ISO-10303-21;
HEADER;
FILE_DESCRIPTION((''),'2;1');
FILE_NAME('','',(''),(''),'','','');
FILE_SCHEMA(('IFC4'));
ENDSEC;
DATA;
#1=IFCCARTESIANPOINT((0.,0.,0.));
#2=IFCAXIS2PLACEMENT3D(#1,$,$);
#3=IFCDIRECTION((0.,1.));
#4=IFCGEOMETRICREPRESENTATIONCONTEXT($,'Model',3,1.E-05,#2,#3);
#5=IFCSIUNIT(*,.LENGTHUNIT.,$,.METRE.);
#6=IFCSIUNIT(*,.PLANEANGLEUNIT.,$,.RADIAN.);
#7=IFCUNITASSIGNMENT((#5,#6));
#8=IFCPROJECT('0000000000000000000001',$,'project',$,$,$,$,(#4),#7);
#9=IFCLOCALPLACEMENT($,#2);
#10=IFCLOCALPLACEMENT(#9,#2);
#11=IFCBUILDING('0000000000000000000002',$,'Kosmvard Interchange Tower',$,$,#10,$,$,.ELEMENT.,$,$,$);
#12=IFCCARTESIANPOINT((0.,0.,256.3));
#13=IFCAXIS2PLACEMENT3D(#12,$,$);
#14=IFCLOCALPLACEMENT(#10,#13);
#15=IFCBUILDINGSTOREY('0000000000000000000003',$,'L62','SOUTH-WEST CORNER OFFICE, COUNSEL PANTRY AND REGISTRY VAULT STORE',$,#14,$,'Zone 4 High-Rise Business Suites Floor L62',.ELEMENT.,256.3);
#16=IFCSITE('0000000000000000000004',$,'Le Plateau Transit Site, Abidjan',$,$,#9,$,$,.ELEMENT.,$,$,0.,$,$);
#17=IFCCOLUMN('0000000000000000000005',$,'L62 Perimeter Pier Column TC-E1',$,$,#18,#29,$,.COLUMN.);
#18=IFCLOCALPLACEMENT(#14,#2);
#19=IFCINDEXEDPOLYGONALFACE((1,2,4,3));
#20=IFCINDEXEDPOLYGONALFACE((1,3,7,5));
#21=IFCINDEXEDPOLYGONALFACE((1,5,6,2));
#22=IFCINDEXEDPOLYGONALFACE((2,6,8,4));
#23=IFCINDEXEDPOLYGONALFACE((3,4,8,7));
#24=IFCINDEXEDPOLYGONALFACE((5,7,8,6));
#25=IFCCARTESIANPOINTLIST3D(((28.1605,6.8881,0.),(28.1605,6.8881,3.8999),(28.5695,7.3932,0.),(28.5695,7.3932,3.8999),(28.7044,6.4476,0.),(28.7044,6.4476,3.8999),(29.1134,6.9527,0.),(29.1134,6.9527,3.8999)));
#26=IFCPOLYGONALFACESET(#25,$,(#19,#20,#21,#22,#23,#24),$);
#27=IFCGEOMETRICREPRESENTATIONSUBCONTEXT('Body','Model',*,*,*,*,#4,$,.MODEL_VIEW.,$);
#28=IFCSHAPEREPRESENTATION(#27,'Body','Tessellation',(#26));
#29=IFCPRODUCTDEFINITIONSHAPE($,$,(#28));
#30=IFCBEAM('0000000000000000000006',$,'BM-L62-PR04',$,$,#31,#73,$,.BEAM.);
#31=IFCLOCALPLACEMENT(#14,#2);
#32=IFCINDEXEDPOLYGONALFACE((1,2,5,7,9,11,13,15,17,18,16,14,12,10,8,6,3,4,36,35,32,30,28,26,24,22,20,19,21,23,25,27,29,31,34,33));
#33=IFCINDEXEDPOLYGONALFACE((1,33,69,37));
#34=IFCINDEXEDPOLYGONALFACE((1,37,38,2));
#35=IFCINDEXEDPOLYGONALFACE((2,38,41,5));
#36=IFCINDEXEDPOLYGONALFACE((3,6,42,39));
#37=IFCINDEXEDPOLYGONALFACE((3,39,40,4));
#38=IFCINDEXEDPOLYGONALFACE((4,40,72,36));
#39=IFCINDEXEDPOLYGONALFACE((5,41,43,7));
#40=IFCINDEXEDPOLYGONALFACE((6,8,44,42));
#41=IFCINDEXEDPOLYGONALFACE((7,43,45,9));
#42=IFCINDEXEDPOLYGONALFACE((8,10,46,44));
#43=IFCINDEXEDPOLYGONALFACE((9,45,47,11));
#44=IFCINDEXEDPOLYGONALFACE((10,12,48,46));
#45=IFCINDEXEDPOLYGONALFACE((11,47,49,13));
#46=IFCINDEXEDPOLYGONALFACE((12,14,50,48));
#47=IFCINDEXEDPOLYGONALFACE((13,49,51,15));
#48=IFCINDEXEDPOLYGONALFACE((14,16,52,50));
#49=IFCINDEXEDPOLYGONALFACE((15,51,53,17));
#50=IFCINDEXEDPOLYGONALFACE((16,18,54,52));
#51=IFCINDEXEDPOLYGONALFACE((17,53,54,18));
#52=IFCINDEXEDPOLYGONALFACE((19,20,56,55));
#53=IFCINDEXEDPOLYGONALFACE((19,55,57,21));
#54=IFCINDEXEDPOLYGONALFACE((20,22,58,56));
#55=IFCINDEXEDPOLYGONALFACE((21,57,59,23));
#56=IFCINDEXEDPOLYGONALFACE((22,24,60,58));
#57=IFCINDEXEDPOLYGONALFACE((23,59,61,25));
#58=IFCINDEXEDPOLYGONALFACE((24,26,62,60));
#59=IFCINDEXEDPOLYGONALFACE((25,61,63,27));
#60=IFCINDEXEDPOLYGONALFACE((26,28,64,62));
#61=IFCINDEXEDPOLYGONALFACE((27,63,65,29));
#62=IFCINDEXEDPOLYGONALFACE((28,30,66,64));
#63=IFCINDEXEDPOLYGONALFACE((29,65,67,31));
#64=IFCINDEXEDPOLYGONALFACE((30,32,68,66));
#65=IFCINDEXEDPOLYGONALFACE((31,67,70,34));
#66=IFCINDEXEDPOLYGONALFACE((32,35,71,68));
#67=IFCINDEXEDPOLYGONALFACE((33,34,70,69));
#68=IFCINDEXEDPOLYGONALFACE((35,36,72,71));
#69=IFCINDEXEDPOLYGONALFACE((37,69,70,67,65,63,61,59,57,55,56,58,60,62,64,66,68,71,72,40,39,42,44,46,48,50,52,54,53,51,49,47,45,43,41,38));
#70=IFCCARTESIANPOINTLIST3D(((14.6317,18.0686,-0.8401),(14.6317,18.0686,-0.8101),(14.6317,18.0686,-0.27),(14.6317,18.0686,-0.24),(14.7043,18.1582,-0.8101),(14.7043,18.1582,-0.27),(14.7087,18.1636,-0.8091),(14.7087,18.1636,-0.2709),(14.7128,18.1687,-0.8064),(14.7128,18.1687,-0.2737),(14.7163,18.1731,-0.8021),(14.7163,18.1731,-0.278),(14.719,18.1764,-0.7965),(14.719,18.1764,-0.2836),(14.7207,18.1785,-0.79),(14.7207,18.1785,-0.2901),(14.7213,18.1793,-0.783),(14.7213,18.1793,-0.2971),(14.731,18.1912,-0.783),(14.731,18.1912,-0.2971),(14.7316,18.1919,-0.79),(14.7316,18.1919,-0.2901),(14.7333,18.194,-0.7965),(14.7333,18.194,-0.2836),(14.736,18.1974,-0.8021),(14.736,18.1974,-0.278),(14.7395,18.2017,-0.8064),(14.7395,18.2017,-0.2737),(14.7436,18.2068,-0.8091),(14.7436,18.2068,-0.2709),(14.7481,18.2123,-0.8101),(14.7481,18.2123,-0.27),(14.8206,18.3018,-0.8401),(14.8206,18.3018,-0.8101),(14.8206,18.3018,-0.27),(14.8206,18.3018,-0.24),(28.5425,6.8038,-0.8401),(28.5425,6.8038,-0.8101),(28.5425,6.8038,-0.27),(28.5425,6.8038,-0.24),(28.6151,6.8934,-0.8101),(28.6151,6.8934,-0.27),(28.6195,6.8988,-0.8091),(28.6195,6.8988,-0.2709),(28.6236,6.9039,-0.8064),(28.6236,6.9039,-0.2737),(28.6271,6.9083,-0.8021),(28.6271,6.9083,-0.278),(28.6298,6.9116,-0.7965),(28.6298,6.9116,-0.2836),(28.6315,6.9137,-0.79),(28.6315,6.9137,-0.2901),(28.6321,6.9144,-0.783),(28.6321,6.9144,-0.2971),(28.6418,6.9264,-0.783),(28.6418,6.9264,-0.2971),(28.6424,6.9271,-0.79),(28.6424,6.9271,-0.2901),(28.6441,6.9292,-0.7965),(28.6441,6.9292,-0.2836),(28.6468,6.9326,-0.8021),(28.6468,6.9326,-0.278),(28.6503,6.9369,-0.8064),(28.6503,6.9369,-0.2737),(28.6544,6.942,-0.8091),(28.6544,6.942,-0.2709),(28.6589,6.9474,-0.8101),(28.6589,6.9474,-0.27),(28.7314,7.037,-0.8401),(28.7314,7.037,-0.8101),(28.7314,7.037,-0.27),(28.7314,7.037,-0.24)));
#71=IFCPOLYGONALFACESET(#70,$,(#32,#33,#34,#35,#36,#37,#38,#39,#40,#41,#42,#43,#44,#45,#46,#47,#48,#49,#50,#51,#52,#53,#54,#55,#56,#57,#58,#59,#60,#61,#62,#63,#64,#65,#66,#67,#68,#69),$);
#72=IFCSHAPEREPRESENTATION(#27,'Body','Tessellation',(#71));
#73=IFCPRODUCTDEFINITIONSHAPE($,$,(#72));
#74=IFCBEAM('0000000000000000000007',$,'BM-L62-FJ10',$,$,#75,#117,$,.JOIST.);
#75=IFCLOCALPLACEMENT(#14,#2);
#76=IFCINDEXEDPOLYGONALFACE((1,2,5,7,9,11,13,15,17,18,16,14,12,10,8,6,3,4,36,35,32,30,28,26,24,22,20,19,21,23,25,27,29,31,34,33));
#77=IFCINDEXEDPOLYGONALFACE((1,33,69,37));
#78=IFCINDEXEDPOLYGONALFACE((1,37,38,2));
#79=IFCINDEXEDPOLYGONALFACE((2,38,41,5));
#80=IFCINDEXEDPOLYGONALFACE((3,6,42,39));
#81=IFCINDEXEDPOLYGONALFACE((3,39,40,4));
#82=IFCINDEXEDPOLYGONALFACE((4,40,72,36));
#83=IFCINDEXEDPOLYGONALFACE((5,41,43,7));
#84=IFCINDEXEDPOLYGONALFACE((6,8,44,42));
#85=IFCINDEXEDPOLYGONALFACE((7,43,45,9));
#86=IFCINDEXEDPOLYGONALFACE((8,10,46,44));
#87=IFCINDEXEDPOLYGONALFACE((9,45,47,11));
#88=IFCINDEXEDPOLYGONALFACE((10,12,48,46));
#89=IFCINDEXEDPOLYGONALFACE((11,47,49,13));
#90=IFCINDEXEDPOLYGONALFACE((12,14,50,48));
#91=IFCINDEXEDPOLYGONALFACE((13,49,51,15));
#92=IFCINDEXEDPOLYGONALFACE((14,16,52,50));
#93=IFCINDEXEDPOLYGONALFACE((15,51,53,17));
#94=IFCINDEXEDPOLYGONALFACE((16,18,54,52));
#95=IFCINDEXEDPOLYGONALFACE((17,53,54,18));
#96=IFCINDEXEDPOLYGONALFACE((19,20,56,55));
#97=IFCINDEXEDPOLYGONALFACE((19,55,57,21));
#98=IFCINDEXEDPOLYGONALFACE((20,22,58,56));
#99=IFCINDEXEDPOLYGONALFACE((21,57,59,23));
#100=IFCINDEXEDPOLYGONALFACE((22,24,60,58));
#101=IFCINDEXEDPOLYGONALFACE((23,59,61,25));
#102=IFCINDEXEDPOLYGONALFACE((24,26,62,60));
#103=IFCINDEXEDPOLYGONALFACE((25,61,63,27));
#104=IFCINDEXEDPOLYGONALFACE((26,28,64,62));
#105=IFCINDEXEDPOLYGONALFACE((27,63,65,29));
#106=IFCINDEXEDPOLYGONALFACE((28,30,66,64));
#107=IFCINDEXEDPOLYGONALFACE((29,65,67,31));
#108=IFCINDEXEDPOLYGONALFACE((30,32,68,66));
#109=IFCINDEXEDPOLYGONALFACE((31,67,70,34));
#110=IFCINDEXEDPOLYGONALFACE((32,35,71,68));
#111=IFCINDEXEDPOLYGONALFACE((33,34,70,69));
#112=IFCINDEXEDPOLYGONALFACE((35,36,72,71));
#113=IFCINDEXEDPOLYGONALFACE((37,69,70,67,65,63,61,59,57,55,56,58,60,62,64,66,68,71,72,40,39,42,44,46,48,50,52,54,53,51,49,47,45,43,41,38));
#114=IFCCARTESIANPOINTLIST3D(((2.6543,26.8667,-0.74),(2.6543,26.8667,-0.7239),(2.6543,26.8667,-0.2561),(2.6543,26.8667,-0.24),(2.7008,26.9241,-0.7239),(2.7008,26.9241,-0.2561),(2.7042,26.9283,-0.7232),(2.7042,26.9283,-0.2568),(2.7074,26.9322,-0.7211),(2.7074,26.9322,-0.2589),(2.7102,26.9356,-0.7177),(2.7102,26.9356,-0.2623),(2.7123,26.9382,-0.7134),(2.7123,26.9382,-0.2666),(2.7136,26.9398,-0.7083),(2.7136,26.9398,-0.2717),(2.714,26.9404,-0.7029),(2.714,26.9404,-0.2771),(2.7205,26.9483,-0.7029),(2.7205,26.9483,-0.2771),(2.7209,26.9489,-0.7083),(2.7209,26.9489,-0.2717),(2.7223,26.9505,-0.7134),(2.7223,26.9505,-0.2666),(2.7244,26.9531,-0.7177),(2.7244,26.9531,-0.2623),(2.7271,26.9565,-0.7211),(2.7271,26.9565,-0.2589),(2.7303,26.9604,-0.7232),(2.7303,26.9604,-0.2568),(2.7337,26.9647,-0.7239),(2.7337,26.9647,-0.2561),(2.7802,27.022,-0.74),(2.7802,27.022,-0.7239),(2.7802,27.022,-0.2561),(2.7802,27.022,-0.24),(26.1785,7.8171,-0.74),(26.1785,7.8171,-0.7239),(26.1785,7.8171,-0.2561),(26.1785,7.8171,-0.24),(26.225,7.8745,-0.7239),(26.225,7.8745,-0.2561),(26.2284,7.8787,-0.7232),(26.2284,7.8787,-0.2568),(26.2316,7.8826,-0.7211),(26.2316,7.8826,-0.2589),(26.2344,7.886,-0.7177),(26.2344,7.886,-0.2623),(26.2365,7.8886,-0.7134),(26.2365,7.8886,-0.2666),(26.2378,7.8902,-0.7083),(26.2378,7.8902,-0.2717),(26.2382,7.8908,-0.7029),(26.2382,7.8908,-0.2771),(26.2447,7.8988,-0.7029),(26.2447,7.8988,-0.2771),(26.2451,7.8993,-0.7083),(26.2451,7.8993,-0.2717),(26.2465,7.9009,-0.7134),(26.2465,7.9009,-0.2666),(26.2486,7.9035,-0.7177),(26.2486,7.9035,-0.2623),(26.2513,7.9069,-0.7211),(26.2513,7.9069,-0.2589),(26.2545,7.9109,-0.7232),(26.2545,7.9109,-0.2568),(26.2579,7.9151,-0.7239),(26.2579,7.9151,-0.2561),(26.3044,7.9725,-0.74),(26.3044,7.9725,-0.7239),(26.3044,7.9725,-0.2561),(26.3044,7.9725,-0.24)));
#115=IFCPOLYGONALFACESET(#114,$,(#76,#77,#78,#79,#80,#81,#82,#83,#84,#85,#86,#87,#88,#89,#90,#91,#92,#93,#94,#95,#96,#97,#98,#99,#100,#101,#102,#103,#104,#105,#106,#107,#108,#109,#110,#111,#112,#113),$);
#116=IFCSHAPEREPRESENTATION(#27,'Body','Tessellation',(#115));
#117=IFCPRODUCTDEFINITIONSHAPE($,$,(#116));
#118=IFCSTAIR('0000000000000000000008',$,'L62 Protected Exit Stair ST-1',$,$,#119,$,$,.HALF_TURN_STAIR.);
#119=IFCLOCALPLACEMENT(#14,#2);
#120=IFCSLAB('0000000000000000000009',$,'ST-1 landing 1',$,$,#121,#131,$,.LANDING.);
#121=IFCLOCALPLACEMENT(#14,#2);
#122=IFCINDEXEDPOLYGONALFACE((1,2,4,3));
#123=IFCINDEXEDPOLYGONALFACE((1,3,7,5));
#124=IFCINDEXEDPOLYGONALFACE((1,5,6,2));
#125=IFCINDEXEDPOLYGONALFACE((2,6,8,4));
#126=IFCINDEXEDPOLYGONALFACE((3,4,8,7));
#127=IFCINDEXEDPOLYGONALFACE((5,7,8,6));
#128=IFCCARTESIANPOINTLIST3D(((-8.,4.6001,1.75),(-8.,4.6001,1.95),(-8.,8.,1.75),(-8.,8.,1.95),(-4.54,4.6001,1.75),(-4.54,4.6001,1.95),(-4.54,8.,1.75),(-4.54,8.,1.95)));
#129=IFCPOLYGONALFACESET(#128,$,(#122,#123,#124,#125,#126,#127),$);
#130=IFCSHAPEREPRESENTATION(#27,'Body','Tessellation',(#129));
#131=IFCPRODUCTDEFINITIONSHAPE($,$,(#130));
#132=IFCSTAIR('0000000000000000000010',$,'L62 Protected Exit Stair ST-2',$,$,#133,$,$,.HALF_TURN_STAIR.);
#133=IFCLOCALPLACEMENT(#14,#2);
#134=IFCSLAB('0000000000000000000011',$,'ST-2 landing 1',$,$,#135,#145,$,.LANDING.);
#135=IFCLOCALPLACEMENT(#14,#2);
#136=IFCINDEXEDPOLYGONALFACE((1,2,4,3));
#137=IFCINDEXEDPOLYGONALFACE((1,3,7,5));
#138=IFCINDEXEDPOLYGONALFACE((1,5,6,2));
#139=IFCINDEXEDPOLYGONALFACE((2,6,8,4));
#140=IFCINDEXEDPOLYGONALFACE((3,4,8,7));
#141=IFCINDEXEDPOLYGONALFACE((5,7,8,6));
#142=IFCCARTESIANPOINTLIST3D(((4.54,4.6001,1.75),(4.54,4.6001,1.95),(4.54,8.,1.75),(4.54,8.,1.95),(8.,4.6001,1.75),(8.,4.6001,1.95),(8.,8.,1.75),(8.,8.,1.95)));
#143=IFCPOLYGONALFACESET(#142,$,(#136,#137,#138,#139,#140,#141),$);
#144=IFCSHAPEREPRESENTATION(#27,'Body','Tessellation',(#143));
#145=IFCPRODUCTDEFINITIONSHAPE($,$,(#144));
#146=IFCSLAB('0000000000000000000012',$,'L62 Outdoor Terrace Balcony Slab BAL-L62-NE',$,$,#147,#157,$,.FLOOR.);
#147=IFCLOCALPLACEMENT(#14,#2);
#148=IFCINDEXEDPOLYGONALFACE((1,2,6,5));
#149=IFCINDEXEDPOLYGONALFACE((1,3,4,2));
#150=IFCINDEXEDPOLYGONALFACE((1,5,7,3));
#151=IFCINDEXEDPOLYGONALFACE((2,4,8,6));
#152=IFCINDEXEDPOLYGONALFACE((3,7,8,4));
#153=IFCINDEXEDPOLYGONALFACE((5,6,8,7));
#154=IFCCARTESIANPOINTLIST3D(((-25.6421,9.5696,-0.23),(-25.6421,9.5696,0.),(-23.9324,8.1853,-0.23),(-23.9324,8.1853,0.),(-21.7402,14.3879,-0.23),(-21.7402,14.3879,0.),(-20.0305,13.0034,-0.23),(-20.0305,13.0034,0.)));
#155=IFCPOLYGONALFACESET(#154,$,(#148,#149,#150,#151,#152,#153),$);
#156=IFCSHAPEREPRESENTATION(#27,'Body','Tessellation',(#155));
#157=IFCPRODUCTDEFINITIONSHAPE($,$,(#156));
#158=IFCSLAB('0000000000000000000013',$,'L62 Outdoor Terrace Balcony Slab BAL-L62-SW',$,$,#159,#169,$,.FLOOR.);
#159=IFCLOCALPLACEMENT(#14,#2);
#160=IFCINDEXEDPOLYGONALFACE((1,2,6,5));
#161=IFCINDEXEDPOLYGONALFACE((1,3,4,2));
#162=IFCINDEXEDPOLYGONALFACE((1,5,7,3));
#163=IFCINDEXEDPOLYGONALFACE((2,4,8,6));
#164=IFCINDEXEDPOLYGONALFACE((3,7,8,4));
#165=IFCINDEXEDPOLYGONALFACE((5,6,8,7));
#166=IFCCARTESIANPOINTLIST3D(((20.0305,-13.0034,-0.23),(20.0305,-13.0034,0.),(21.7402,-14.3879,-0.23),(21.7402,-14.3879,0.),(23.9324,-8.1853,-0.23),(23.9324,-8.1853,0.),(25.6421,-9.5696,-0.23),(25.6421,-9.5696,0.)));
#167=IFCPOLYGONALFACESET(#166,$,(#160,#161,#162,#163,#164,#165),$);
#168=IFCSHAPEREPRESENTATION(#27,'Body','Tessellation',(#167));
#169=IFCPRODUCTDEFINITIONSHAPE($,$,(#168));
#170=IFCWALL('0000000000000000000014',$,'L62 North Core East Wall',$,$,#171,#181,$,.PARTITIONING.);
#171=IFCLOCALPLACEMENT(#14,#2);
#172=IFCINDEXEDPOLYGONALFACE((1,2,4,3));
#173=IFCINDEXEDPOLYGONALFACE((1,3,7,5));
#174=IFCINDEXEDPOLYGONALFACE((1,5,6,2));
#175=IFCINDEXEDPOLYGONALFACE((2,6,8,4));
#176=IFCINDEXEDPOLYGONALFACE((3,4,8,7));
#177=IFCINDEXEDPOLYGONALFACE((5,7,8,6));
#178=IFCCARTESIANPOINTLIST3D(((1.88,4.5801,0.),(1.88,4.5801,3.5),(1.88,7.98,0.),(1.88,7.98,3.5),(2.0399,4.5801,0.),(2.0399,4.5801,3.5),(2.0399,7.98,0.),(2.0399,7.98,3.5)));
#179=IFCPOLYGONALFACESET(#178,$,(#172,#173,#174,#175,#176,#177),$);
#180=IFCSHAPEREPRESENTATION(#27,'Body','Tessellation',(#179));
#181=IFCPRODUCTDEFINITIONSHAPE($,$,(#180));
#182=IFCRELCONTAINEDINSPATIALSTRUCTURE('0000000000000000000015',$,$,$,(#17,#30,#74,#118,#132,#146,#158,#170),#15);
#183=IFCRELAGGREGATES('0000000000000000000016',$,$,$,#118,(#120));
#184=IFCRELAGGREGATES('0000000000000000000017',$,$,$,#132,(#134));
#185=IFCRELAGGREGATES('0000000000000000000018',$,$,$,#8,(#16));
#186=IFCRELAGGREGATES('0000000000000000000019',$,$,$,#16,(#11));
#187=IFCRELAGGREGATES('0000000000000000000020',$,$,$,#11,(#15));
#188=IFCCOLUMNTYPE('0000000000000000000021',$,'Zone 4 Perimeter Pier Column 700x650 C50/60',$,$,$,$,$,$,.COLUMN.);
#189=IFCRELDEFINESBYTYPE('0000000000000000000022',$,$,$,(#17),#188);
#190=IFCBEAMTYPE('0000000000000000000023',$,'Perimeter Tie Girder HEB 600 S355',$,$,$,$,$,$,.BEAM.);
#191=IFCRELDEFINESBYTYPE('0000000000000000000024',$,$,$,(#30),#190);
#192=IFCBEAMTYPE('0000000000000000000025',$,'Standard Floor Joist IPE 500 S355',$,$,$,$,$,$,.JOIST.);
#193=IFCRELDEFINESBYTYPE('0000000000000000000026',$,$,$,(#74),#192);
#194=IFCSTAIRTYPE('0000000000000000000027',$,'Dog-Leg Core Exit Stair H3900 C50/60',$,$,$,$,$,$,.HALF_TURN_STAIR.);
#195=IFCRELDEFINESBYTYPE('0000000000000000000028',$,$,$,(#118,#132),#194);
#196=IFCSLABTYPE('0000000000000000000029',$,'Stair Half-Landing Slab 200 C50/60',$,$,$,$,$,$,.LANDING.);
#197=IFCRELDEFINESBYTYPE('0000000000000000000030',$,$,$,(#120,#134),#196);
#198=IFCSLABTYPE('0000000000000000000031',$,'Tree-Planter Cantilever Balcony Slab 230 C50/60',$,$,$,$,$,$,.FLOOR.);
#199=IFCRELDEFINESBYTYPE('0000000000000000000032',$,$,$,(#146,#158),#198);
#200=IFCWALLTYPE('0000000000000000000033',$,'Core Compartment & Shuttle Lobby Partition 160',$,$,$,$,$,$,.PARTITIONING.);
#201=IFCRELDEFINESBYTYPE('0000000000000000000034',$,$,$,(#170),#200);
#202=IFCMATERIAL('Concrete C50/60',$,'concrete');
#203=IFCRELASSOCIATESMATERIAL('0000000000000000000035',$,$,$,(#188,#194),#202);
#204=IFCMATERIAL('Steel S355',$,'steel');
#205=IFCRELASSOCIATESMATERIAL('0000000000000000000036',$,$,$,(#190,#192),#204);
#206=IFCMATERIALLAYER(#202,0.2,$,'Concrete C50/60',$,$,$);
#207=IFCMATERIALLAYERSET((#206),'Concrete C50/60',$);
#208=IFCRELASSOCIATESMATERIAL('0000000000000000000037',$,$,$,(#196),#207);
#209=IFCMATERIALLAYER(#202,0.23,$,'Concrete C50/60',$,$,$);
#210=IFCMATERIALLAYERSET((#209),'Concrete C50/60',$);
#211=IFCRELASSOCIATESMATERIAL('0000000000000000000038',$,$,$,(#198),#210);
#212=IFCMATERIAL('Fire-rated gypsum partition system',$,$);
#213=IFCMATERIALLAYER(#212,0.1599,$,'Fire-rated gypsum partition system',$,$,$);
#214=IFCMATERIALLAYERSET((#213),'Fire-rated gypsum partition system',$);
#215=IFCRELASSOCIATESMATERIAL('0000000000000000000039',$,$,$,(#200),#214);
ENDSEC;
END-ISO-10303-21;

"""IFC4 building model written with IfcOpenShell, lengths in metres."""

from ifc_helpers import new_model, si_unit, direction, frame, frame_2d, origin, origin_2d, place, context, subcontext, project, spatial, polyline, rectangle, i_section, outline, extrude, source, transform, mapped, material, layer, layer_set, material_profile, profile_set, type_object, element, aggregate, save


model = new_model("IFC4")

# Units and contexts
model_context = context("Model", 3, precision=1e-05, world=origin(), true_north=direction((0.0, 1.0)))
body_context = subcontext(model_context, "Body", "Model", "MODEL_VIEW")
ifc_project = project(units=[si_unit("LENGTHUNIT", "METRE"), si_unit("PLANEANGLEUNIT", "RADIAN")], contexts=[model_context])

# Site, building, storey
site_placement = place(None, origin())
site = spatial("IfcSite", under=ifc_project, at=site_placement, Name="Le Plateau Transit Site, Abidjan", CompositionType="ELEMENT", RefElevation=0.0)
building_placement = place(site_placement, origin())
building = spatial("IfcBuilding", under=site, at=building_placement, Name="Kosmvard Interchange Tower", CompositionType="ELEMENT")
storey_placement = place(building_placement, frame((0.0, 0.0, 256.3)))
storey = spatial("IfcBuildingStorey", under=building, at=storey_placement, Name="L62", Description="SOUTH-WEST CORNER OFFICE, COUNSEL PANTRY AND REGISTRY VAULT STORE", LongName="Zone 4 High-Rise Business Suites Floor L62", CompositionType="ELEMENT", Elevation=256.3)

# Column
ifc_material_1 = material(Name="Concrete C50/60", Category="concrete")
ifc_material_profile_1 = material_profile(ifc_material_1, rectangle(XDim=0.6499, YDim=0.7, at=origin_2d()), Name="TC 700x650")
ifc_profile_set_1 = profile_set([ifc_material_profile_1], Name="Concrete C50/60")
column_type = type_object("IfcColumnType", Name="Zone 4 Perimeter Pier Column 700x650 C50/60", PredefinedType="COLUMN", material=ifc_profile_set_1)
shared_shape_1 = source(origin(), body_context, "Body", "SweptSolid", [
    extrude(rectangle(XDim=0.6499, YDim=0.7, at=origin_2d()), origin(), (0.0, 0.0, 1.0), 3.8999),
])
column_placement = place(storey_placement, frame((28.637, 6.9204, 0.0), z_axis=(0.0, 0.0, 1.0), x_axis=(0.62932, 0.777146, 0.0)))
element("IfcColumn", 1, at=column_placement, inside=storey, type_object=column_type, Name="L62 Perimeter Pier Column TC-E1", PredefinedType="COLUMN", context=body_context, shape_type="MappedRepresentation", body=[
    mapped(shared_shape_1, transform((0.0, 0.0, 0.0), scale=1.0)),
])

# Beams
ifc_material_2 = material(Name="Steel S355", Category="steel")
ifc_material_profile_2 = material_profile(ifc_material_2, i_section(OverallWidth=0.3, OverallDepth=0.6001, WebThickness=0.0154, FlangeThickness=0.03, FilletRadius=0.0271, at=origin_2d()), Name="HEB 600")
ifc_profile_set_2 = profile_set([ifc_material_profile_2], Name="Steel S355")
beam_type_1 = type_object("IfcBeamType", Name="Perimeter Tie Girder HEB 600 S355", PredefinedType="BEAM", material=ifc_profile_set_2)
shared_shape_2 = source(origin(), body_context, "Body", "SweptSolid", [
    extrude(i_section(OverallWidth=0.3, OverallDepth=0.6001, WebThickness=0.0154, FlangeThickness=0.03, FilletRadius=0.0271, at=origin_2d()), origin(), (0.0, 0.0, 1.0), 17.8999),
])
beam_1_placement = place(storey_placement, frame((28.637, 6.9204, -0.54), z_axis=(-0.777144, 0.629323, 0.0), x_axis=(-0.629323, -0.777144, 0.0)))
element("IfcBeam", 2, at=beam_1_placement, inside=storey, type_object=beam_type_1, Name="BM-L62-PR04", PredefinedType="BEAM", context=body_context, shape_type="MappedRepresentation", body=[
    mapped(shared_shape_2, transform((0.0, 0.0, 0.0), scale=1.0)),
])
ifc_material_profile_3 = material_profile(ifc_material_2, i_section(OverallWidth=0.2, OverallDepth=0.5, WebThickness=0.0103, FlangeThickness=0.0161, FilletRadius=0.021, at=origin_2d()), Name="IPE 500")
ifc_profile_set_3 = profile_set([ifc_material_profile_3], Name="Steel S355")
beam_type_2 = type_object("IfcBeamType", Name="Standard Floor Joist IPE 500 S355", PredefinedType="JOIST", material=ifc_profile_set_3)
shared_shape_3 = source(origin(), body_context, "Body", "SweptSolid", [
    extrude(i_section(OverallWidth=0.2, OverallDepth=0.5, WebThickness=0.0103, FlangeThickness=0.0161, FilletRadius=0.021, at=origin_2d()), origin(), (0.0, 0.0, 1.0), 30.27),
])
beam_2_placement = place(storey_placement, frame((26.2415, 7.8948, -0.49), z_axis=(-0.777145, 0.629322, 0.0), x_axis=(-0.629322, -0.777145, 0.0)))
element("IfcBeam", 3, at=beam_2_placement, inside=storey, type_object=beam_type_2, Name="BM-L62-FJ10", PredefinedType="JOIST", context=body_context, shape_type="MappedRepresentation", body=[
    mapped(shared_shape_3, transform((0.0, 0.0, 0.0), scale=1.0)),
])

# Stairs, slabs
stair_type = type_object("IfcStairType", Name="Dog-Leg Core Exit Stair H3900 C50/60", PredefinedType="HALF_TURN_STAIR", material=ifc_material_1)
stair_1_placement = place(storey_placement, origin())
stair_1 = element("IfcStair", 4, at=stair_1_placement, inside=storey, type_object=stair_type, Name="L62 Protected Exit Stair ST-1", PredefinedType="HALF_TURN_STAIR")
ifc_layer_1 = layer(ifc_material_1, 0.2, Name="Concrete C50/60")
ifc_layer_set_1 = layer_set([ifc_layer_1], Name="Concrete C50/60")
slab_type_1 = type_object("IfcSlabType", Name="Stair Half-Landing Slab 200 C50/60", PredefinedType="LANDING", material=ifc_layer_set_1)
slab_1_placement = place(storey_placement, frame((0.0, 0.0, 1.75)))
slab_1 = element("IfcSlab", 5, at=slab_1_placement, type_object=slab_type_1, Name="ST-1 landing 1", PredefinedType="LANDING", context=body_context, shape_type="SweptSolid", body=[
    extrude(outline(polyline([(-4.54, 4.6001), (-4.54, 8.0), (-8.0, 8.0), (-8.0, 4.6001), (-4.54, 4.6001)])), origin(), (0.0, 0.0, 1.0), 0.2),
])
aggregate(stair_1, [slab_1])
stair_2_placement = place(storey_placement, origin())
stair_2 = element("IfcStair", 6, at=stair_2_placement, inside=storey, type_object=stair_type, Name="L62 Protected Exit Stair ST-2", PredefinedType="HALF_TURN_STAIR")
slab_2_placement = place(storey_placement, frame((0.0, 0.0, 1.75)))
slab_2 = element("IfcSlab", 7, at=slab_2_placement, type_object=slab_type_1, Name="ST-2 landing 1", PredefinedType="LANDING", context=body_context, shape_type="SweptSolid", body=[
    extrude(outline(polyline([(8.0, 4.6001), (8.0, 8.0), (4.54, 8.0), (4.54, 4.6001), (8.0, 4.6001)])), origin(), (0.0, 0.0, 1.0), 0.2),
])

# Slabs
ifc_layer_2 = layer(ifc_material_1, 0.23, Name="Concrete C50/60")
ifc_layer_set_2 = layer_set([ifc_layer_2], Name="Concrete C50/60")
slab_type_2 = type_object("IfcSlabType", Name="Tree-Planter Cantilever Balcony Slab 230 C50/60", PredefinedType="FLOOR", material=ifc_layer_set_2)
slab_3_placement = place(storey_placement, frame((0.0, 0.0, -0.23)))
element("IfcSlab", 8, at=slab_3_placement, inside=storey, type_object=slab_type_2, Name="L62 Outdoor Terrace Balcony Slab BAL-L62-NE", PredefinedType="FLOOR", context=body_context, shape_type="SweptSolid", body=[
    extrude(outline(polyline([(-23.9324, 8.1853), (-20.0305, 13.0034), (-21.7402, 14.3879), (-25.6421, 9.5696), (-23.9324, 8.1853)])), origin(), (0.0, 0.0, 1.0), 0.23),
])
slab_4_placement = place(storey_placement, frame((0.0, 0.0, -0.23)))
element("IfcSlab", 9, at=slab_4_placement, inside=storey, type_object=slab_type_2, Name="L62 Outdoor Terrace Balcony Slab BAL-L62-SW", PredefinedType="FLOOR", context=body_context, shape_type="SweptSolid", body=[
    extrude(outline(polyline([(21.7402, -14.3879), (25.6421, -9.5696), (23.9324, -8.1853), (20.0305, -13.0034), (21.7402, -14.3879)])), origin(), (0.0, 0.0, 1.0), 0.23),
])

# Wall
ifc_material_3 = material(Name="Fire-rated gypsum partition system")
ifc_layer_3 = layer(ifc_material_3, 0.1599, Name="Fire-rated gypsum partition system")
ifc_layer_set_3 = layer_set([ifc_layer_3], Name="Fire-rated gypsum partition system")
wall_type_1 = type_object("IfcWallType", Name="Core Compartment & Shuttle Lobby Partition 160", PredefinedType="PARTITIONING", material=ifc_layer_set_3)
wall_1_placement = place(storey_placement, frame((1.96, 4.5801, 0.0), z_axis=(0.0, 0.0, 1.0), x_axis=(0.0, 1.0, 0.0)))
element("IfcWall", 10, at=wall_1_placement, inside=storey, type_object=wall_type_1, Name="L62 North Core East Wall", PredefinedType="PARTITIONING", context=body_context, shape_type="SweptSolid", body=[
    extrude(rectangle(XDim=3.3999, YDim=0.1599, at=frame_2d((1.7, 0.0))), origin(), (0.0, 0.0, 1.0), 3.5),
])

aggregate(stair_2, [slab_2])

save(model, "model.ifc")
